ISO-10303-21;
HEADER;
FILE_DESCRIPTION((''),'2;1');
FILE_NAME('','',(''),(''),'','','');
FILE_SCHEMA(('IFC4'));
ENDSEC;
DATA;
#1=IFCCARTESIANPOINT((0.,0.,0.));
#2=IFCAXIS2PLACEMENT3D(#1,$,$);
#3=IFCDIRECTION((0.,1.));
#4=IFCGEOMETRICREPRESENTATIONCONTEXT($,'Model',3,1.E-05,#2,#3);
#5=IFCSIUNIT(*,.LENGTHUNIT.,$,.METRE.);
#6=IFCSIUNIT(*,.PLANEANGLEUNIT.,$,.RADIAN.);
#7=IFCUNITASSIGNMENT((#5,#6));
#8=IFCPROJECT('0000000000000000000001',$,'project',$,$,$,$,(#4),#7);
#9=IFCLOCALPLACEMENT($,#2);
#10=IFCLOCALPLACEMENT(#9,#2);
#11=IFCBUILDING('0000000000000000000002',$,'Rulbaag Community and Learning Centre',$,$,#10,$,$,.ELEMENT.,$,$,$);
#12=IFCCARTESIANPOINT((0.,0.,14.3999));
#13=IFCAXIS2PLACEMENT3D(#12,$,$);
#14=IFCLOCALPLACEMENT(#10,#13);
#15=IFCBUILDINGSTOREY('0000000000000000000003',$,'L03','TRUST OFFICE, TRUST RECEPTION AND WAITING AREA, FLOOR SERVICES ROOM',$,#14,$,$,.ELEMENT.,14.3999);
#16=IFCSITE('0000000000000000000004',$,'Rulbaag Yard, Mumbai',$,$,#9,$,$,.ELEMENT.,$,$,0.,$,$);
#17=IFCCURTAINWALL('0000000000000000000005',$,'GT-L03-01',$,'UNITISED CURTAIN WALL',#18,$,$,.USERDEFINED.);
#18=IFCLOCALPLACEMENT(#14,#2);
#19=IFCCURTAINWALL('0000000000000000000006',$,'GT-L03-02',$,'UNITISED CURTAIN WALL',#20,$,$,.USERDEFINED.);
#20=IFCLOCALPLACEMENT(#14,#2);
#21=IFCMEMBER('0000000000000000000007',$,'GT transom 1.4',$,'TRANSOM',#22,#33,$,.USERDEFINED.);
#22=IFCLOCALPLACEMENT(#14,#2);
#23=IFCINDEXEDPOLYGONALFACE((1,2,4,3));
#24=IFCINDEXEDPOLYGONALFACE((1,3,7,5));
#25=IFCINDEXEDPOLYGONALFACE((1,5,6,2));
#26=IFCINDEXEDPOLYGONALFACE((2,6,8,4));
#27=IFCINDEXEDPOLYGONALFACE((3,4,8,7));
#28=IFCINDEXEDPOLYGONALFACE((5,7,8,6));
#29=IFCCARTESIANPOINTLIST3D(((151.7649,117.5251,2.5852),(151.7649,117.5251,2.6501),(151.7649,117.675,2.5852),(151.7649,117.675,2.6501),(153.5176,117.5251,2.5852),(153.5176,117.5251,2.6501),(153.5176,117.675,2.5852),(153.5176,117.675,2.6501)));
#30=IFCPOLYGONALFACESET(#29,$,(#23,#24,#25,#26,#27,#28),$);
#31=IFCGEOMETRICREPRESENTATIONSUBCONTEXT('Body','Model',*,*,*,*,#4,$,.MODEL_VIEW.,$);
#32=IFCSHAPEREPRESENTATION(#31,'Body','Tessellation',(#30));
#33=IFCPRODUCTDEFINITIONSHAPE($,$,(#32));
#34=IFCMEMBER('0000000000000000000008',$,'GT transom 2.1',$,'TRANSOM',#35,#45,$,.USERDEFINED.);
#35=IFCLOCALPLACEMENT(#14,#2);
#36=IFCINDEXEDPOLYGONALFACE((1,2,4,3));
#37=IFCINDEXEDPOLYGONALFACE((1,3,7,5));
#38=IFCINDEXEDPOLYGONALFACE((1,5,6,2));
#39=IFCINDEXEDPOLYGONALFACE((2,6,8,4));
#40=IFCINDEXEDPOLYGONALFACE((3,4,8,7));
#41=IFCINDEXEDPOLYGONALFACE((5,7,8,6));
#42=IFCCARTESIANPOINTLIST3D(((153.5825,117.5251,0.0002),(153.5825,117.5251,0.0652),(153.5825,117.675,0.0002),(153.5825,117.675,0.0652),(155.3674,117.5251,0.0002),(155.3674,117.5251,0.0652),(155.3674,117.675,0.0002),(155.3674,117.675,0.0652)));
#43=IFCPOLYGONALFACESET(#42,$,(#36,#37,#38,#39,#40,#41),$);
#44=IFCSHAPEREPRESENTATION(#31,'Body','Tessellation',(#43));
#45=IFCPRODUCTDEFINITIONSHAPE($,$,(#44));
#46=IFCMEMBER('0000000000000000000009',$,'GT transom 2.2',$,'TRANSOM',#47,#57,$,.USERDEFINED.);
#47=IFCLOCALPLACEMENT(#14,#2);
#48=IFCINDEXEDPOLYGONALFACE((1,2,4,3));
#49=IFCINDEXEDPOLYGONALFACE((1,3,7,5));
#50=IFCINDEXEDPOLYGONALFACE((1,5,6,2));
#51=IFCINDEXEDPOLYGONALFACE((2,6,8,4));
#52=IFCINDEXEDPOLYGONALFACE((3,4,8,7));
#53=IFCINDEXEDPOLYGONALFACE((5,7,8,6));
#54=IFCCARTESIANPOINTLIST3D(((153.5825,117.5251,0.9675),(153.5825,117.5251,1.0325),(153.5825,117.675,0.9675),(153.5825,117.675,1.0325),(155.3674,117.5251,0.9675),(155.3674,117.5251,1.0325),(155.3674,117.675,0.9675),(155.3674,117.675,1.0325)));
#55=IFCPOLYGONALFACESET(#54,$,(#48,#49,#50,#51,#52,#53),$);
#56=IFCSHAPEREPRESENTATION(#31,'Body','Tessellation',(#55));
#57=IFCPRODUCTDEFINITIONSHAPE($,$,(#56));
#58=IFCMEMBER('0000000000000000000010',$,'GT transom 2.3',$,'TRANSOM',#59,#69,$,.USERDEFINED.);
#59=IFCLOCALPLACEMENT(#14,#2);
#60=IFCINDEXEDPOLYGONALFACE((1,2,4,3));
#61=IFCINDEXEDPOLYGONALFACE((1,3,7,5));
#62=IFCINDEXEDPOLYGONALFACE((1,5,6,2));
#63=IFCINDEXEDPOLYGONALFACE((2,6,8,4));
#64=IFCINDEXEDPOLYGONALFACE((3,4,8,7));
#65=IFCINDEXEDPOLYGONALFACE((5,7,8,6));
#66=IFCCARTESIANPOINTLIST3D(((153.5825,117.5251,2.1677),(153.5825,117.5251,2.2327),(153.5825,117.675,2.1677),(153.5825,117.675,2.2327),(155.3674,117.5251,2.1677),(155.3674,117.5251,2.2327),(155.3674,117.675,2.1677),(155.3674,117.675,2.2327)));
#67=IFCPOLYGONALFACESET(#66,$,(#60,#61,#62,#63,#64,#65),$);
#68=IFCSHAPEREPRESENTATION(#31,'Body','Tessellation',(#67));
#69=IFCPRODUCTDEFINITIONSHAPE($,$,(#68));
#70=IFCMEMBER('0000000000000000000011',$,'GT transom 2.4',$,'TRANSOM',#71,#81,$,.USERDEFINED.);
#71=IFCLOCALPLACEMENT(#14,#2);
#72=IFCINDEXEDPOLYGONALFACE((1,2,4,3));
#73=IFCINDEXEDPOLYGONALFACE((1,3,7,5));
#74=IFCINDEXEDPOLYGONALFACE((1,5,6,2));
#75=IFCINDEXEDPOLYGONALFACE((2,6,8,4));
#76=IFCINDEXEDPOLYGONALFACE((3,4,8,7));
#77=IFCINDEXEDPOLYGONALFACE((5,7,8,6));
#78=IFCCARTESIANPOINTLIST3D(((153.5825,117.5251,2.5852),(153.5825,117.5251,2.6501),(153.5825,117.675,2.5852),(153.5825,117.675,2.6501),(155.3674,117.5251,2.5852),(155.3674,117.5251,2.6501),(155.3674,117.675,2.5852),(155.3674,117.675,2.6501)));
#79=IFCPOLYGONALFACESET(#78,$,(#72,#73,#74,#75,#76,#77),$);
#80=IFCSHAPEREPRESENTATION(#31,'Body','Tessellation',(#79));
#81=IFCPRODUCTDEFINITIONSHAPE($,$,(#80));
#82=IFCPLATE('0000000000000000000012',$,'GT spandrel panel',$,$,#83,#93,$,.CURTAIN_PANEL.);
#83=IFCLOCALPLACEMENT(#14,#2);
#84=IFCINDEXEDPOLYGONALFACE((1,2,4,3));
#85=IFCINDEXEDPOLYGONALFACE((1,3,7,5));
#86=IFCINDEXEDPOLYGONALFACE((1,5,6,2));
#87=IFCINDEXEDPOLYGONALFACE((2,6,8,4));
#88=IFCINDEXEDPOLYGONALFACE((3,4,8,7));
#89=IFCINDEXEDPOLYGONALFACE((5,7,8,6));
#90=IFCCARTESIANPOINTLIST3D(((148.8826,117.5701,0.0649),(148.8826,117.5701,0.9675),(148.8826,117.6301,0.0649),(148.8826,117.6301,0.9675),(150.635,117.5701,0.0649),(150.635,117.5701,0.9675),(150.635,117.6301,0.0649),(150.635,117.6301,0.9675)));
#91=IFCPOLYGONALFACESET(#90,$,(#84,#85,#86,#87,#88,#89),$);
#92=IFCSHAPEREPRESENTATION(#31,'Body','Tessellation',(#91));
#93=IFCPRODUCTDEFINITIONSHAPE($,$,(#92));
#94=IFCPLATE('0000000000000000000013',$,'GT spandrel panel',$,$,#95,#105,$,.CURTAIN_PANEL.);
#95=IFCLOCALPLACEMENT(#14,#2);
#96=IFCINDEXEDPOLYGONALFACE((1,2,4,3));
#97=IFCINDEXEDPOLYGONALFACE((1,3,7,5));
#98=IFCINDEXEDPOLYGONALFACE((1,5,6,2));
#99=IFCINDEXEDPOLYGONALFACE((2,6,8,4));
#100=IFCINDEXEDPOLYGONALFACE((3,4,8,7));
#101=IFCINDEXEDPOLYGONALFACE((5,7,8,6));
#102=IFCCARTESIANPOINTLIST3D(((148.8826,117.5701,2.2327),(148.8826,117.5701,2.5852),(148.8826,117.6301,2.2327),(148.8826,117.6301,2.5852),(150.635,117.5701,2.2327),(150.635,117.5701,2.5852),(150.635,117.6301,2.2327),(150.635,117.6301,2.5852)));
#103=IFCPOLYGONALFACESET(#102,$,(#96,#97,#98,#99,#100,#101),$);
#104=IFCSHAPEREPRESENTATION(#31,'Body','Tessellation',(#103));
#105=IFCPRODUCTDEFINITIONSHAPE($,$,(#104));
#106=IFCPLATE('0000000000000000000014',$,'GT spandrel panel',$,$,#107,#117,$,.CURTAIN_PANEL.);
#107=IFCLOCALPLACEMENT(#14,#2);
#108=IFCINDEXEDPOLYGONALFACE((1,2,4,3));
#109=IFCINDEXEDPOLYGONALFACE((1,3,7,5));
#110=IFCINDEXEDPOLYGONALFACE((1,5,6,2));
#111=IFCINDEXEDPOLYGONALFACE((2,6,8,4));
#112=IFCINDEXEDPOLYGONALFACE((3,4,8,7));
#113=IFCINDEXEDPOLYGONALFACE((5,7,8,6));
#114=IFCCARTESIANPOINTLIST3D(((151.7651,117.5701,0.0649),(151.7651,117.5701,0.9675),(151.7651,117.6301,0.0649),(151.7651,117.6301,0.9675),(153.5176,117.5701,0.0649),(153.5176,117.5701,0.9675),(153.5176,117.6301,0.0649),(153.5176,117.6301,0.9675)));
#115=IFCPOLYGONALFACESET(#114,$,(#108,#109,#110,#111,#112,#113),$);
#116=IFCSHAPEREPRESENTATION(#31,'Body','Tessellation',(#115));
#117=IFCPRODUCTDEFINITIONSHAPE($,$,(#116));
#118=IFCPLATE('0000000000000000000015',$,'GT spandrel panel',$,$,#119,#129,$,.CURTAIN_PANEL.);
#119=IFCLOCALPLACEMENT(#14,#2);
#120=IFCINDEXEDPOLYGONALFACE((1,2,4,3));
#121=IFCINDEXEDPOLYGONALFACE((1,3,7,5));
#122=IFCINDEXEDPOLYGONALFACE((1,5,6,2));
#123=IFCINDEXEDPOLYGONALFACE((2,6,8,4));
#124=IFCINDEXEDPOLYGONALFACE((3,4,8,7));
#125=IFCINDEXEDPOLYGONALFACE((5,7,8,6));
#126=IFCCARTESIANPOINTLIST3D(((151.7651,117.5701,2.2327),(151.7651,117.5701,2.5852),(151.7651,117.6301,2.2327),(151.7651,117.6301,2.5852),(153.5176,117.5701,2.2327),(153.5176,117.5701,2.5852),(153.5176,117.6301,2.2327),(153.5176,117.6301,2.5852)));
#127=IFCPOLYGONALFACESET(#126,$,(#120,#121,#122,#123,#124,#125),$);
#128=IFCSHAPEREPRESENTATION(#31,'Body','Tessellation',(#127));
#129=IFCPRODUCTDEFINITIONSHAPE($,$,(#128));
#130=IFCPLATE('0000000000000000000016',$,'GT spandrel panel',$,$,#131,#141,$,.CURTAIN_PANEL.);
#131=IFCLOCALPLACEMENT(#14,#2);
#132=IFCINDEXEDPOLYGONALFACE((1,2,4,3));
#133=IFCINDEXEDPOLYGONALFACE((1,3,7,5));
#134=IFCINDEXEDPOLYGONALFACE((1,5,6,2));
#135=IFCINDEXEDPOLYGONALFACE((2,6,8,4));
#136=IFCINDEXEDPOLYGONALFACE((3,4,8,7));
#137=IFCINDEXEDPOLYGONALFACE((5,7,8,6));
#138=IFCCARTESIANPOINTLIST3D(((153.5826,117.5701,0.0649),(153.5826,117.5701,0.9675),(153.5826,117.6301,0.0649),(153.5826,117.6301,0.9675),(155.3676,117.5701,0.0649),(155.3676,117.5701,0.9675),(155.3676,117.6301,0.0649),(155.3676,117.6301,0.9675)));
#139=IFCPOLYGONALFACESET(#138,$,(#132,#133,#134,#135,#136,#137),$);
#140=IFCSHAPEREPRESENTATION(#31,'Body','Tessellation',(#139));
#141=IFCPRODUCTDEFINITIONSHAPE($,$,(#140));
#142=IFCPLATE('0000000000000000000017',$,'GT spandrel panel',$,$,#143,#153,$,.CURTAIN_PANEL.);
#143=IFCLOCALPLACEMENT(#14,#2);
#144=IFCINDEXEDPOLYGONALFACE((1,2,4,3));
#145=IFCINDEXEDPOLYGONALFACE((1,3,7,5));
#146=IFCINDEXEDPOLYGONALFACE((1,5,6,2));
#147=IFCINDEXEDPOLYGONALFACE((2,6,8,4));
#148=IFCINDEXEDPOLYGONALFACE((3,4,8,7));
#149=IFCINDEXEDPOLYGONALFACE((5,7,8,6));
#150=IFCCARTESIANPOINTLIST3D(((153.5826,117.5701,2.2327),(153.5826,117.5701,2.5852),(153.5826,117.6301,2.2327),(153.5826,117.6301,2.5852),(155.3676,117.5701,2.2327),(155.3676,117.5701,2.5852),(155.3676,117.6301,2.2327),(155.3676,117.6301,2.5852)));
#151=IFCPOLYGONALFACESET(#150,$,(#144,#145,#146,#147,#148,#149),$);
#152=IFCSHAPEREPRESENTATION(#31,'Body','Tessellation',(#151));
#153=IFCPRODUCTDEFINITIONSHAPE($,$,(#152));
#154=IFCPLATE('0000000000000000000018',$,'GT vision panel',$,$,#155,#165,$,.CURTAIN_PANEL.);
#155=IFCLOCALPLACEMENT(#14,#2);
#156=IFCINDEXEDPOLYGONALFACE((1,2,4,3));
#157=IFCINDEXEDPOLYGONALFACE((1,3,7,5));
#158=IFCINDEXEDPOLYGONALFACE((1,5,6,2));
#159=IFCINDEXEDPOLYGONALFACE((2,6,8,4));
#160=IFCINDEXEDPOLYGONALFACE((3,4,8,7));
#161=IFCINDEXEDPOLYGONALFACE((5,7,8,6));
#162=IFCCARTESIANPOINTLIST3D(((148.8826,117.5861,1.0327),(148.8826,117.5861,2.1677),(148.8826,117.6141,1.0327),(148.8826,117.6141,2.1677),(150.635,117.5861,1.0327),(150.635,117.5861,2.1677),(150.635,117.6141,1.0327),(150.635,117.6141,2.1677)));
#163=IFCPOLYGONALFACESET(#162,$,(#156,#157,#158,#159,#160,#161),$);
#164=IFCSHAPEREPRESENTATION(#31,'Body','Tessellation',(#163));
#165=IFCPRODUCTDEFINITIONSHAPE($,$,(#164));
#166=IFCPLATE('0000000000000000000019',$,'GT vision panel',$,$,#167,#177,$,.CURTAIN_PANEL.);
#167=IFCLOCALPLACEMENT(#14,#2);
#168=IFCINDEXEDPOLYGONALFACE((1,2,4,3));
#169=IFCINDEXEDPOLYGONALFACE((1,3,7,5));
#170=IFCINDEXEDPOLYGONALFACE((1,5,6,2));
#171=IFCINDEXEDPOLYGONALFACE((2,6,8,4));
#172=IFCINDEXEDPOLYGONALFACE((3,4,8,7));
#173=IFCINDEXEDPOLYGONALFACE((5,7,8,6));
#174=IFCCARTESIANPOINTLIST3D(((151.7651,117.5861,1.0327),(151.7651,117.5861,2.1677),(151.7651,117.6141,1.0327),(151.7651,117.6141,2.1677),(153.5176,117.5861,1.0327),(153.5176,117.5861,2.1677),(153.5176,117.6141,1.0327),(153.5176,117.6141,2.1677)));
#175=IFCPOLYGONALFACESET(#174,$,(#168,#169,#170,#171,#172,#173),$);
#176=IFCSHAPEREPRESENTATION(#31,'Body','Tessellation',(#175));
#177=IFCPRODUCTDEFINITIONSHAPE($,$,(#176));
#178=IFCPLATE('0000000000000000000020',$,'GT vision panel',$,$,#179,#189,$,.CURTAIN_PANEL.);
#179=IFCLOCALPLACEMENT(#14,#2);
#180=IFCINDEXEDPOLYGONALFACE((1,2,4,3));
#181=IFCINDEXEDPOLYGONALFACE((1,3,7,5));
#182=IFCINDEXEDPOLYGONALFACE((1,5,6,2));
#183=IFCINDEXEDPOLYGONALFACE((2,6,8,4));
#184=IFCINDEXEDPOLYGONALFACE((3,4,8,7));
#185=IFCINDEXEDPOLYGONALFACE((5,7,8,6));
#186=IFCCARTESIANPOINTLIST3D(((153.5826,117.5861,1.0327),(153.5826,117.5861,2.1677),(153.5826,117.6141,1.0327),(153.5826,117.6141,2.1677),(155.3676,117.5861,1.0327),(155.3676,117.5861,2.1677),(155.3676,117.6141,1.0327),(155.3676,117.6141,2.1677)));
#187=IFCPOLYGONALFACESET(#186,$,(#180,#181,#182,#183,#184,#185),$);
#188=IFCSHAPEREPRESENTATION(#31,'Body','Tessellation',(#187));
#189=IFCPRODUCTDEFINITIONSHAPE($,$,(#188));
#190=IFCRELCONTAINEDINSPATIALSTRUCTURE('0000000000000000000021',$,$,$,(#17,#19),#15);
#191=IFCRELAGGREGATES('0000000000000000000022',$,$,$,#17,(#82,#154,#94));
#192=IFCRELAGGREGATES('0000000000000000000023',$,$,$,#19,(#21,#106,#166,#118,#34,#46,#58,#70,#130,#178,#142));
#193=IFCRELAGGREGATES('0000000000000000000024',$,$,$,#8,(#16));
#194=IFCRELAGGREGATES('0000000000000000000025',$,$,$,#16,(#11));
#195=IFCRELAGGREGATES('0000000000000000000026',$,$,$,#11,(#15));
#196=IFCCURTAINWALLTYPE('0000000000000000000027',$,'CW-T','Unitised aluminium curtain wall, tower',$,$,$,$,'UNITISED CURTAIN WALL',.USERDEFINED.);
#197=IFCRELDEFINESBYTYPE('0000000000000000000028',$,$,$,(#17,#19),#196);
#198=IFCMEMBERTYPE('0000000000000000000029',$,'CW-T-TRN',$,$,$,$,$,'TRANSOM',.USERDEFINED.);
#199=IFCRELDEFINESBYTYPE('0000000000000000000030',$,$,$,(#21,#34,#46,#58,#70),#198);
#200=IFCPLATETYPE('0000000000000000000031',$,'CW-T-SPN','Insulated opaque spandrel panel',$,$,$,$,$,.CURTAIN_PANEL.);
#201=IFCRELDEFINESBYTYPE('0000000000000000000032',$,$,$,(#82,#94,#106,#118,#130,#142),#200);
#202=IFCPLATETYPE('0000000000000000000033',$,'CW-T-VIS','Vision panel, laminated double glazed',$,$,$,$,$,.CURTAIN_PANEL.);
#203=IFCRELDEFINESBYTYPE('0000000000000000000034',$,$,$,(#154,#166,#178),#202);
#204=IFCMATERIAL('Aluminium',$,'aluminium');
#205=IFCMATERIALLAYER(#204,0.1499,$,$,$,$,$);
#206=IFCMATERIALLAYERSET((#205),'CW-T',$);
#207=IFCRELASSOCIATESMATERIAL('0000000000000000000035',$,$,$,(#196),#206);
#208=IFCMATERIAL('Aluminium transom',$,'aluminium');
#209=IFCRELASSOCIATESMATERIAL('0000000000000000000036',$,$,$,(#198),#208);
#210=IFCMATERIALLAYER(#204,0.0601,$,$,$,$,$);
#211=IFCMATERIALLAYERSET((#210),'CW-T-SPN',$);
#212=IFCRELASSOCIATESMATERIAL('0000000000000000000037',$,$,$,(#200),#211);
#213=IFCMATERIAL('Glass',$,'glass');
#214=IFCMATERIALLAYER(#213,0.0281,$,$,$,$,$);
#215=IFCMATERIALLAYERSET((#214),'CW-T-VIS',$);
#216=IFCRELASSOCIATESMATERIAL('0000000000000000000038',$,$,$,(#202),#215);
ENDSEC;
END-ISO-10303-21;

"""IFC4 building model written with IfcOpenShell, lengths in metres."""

from ifc_helpers import new_model, si_unit, direction, frame, origin, origin_2d, place, context, subcontext, project, spatial, rectangle, extrude, material, layer, layer_set, material_profile, profile_set, type_object, element, aggregate, save


model = new_model("IFC4")

# Units and contexts
model_context = context("Model", 3, precision=1e-05, world=origin(), true_north=direction((0.0, 1.0)))
body_context = subcontext(model_context, "Body", "Model", "MODEL_VIEW")
ifc_project = project(units=[si_unit("LENGTHUNIT", "METRE"), si_unit("PLANEANGLEUNIT", "RADIAN")], contexts=[model_context])

# Site, building, storey
site_placement = place(None, origin())
site = spatial("IfcSite", under=ifc_project, at=site_placement, Name="Rulbaag Yard, Mumbai", CompositionType="ELEMENT", RefElevation=0.0)
building_placement = place(site_placement, origin())
building = spatial("IfcBuilding", under=site, at=building_placement, Name="Rulbaag Community and Learning Centre", CompositionType="ELEMENT")
storey_placement = place(building_placement, frame((0.0, 0.0, 14.3999)))
storey = spatial("IfcBuildingStorey", under=building, at=storey_placement, Name="L03", Description="TRUST OFFICE, TRUST RECEPTION AND WAITING AREA, FLOOR SERVICES ROOM", CompositionType="ELEMENT", Elevation=14.3999)

# Curtain walls
ifc_material_1 = material(Name="Aluminium", Category="aluminium")
ifc_layer_1 = layer(ifc_material_1, 0.1499)
ifc_layer_set_1 = layer_set([ifc_layer_1], Name="CW-T")
curtain_wall_type = type_object("IfcCurtainWallType", Name="CW-T", Description="Unitised aluminium curtain wall, tower", ElementType="UNITISED CURTAIN WALL", PredefinedType="USERDEFINED", material=ifc_layer_set_1)
curtain_wall_1_placement = place(storey_placement, origin())
curtain_wall_1 = element("IfcCurtainWall", 1, at=curtain_wall_1_placement, inside=storey, type_object=curtain_wall_type, Name="GT-L03-01", ObjectType="UNITISED CURTAIN WALL", PredefinedType="USERDEFINED")
curtain_wall_2_placement = place(storey_placement, origin())
curtain_wall_2 = element("IfcCurtainWall", 2, at=curtain_wall_2_placement, inside=storey, type_object=curtain_wall_type, Name="GT-L03-02", ObjectType="UNITISED CURTAIN WALL", PredefinedType="USERDEFINED")

# Members
ifc_material_2 = material(Name="Aluminium transom", Category="aluminium")
ifc_material_profile_1 = material_profile(ifc_material_2, rectangle(XDim=0.1499, YDim=0.0649, at=origin_2d()), Name="AL 65x150 T")
ifc_profile_set_1 = profile_set([ifc_material_profile_1], Name="Aluminium transom")
member_type_1 = type_object("IfcMemberType", Name="CW-T-TRN", ElementType="TRANSOM", PredefinedType="USERDEFINED", material=ifc_profile_set_1)
member_1_placement = place(storey_placement, frame((151.7649, 117.6001, 2.6177), z_axis=(1.0, 0.0, 0.0), x_axis=(0.0, 1.0, 0.0)))
member_1 = element("IfcMember", 3, at=member_1_placement, type_object=member_type_1, Name="GT transom 1.4", ObjectType="TRANSOM", PredefinedType="USERDEFINED", context=body_context, shape_type="SweptSolid", body=[
    extrude(rectangle(XDim=0.1499, YDim=0.0649, at=origin_2d()), origin(), (0.0, 0.0, 1.0), 1.7527),
])
member_2_placement = place(storey_placement, frame((153.5825, 117.6001, 0.0327), z_axis=(1.0, 0.0, 0.0), x_axis=(0.0, 1.0, 0.0)))
member_2 = element("IfcMember", 4, at=member_2_placement, type_object=member_type_1, Name="GT transom 2.1", ObjectType="TRANSOM", PredefinedType="USERDEFINED", context=body_context, shape_type="SweptSolid", body=[
    extrude(rectangle(XDim=0.1499, YDim=0.0649, at=origin_2d()), origin(), (0.0, 0.0, 1.0), 1.7849),
])
member_3_placement = place(storey_placement, frame((153.5825, 117.6001, 1.0), z_axis=(1.0, 0.0, 0.0), x_axis=(0.0, 1.0, 0.0)))
member_3 = element("IfcMember", 5, at=member_3_placement, type_object=member_type_1, Name="GT transom 2.2", ObjectType="TRANSOM", PredefinedType="USERDEFINED", context=body_context, shape_type="SweptSolid", body=[
    extrude(rectangle(XDim=0.1499, YDim=0.0649, at=origin_2d()), origin(), (0.0, 0.0, 1.0), 1.7849),
])
member_4_placement = place(storey_placement, frame((153.5825, 117.6001, 2.2002), z_axis=(1.0, 0.0, 0.0), x_axis=(0.0, 1.0, 0.0)))
member_4 = element("IfcMember", 6, at=member_4_placement, type_object=member_type_1, Name="GT transom 2.3", ObjectType="TRANSOM", PredefinedType="USERDEFINED", context=body_context, shape_type="SweptSolid", body=[
    extrude(rectangle(XDim=0.1499, YDim=0.0649, at=origin_2d()), origin(), (0.0, 0.0, 1.0), 1.7849),
])
member_5_placement = place(storey_placement, frame((153.5825, 117.6001, 2.6177), z_axis=(1.0, 0.0, 0.0), x_axis=(0.0, 1.0, 0.0)))
member_5 = element("IfcMember", 7, at=member_5_placement, type_object=member_type_1, Name="GT transom 2.4", ObjectType="TRANSOM", PredefinedType="USERDEFINED", context=body_context, shape_type="SweptSolid", body=[
    extrude(rectangle(XDim=0.1499, YDim=0.0649, at=origin_2d()), origin(), (0.0, 0.0, 1.0), 1.7849),
])

# Plates
ifc_layer_2 = layer(ifc_material_1, 0.0601)
ifc_layer_set_2 = layer_set([ifc_layer_2], Name="CW-T-SPN")
plate_type_1 = type_object("IfcPlateType", Name="CW-T-SPN", Description="Insulated opaque spandrel panel", PredefinedType="CURTAIN_PANEL", material=ifc_layer_set_2)
plate_1_placement = place(storey_placement, frame((149.7588, 117.6001, 0.0649), z_axis=(0.0, 0.0, 1.0), x_axis=(1.0, 0.0, 0.0)))
plate_1 = element("IfcPlate", 8, at=plate_1_placement, type_object=plate_type_1, Name="GT spandrel panel", PredefinedType="CURTAIN_PANEL", context=body_context, shape_type="SweptSolid", body=[
    extrude(rectangle(XDim=1.7524, YDim=0.0601, at=origin_2d()), origin(), (0.0, 0.0, 1.0), 0.9026),
])
plate_2_placement = place(storey_placement, frame((149.7588, 117.6001, 2.2327), z_axis=(0.0, 0.0, 1.0), x_axis=(1.0, 0.0, 0.0)))
plate_2 = element("IfcPlate", 9, at=plate_2_placement, type_object=plate_type_1, Name="GT spandrel panel", PredefinedType="CURTAIN_PANEL", context=body_context, shape_type="SweptSolid", body=[
    extrude(rectangle(XDim=1.7524, YDim=0.0601, at=origin_2d()), origin(), (0.0, 0.0, 1.0), 0.3525),
])
plate_3_placement = place(storey_placement, frame((152.6414, 117.6001, 0.0649), z_axis=(0.0, 0.0, 1.0), x_axis=(1.0, 0.0, 0.0)))
plate_3 = element("IfcPlate", 10, at=plate_3_placement, type_object=plate_type_1, Name="GT spandrel panel", PredefinedType="CURTAIN_PANEL", context=body_context, shape_type="SweptSolid", body=[
    extrude(rectangle(XDim=1.7524, YDim=0.0601, at=origin_2d()), origin(), (0.0, 0.0, 1.0), 0.9026),
])
plate_4_placement = place(storey_placement, frame((152.6414, 117.6001, 2.2327), z_axis=(0.0, 0.0, 1.0), x_axis=(1.0, 0.0, 0.0)))
plate_4 = element("IfcPlate", 11, at=plate_4_placement, type_object=plate_type_1, Name="GT spandrel panel", PredefinedType="CURTAIN_PANEL", context=body_context, shape_type="SweptSolid", body=[
    extrude(rectangle(XDim=1.7524, YDim=0.0601, at=origin_2d()), origin(), (0.0, 0.0, 1.0), 0.3525),
])
plate_5_placement = place(storey_placement, frame((154.4751, 117.6001, 0.0649), z_axis=(0.0, 0.0, 1.0), x_axis=(1.0, 0.0, 0.0)))
plate_5 = element("IfcPlate", 12, at=plate_5_placement, type_object=plate_type_1, Name="GT spandrel panel", PredefinedType="CURTAIN_PANEL", context=body_context, shape_type="SweptSolid", body=[
    extrude(rectangle(XDim=1.7849, YDim=0.0601, at=origin_2d()), origin(), (0.0, 0.0, 1.0), 0.9026),
])
plate_6_placement = place(storey_placement, frame((154.4751, 117.6001, 2.2327), z_axis=(0.0, 0.0, 1.0), x_axis=(1.0, 0.0, 0.0)))
plate_6 = element("IfcPlate", 13, at=plate_6_placement, type_object=plate_type_1, Name="GT spandrel panel", PredefinedType="CURTAIN_PANEL", context=body_context, shape_type="SweptSolid", body=[
    extrude(rectangle(XDim=1.7849, YDim=0.0601, at=origin_2d()), origin(), (0.0, 0.0, 1.0), 0.3525),
])
ifc_material_3 = material(Name="Glass", Category="glass")
ifc_layer_3 = layer(ifc_material_3, 0.0281)
ifc_layer_set_3 = layer_set([ifc_layer_3], Name="CW-T-VIS")
plate_type_2 = type_object("IfcPlateType", Name="CW-T-VIS", Description="Vision panel, laminated double glazed", PredefinedType="CURTAIN_PANEL", material=ifc_layer_set_3)
plate_7_placement = place(storey_placement, frame((149.7588, 117.6001, 1.0327), z_axis=(0.0, 0.0, 1.0), x_axis=(1.0, 0.0, 0.0)))
plate_7 = element("IfcPlate", 14, at=plate_7_placement, type_object=plate_type_2, Name="GT vision panel", PredefinedType="CURTAIN_PANEL", context=body_context, shape_type="SweptSolid", body=[
    extrude(rectangle(XDim=1.7524, YDim=0.0281, at=origin_2d()), origin(), (0.0, 0.0, 1.0), 1.135),
])
aggregate(curtain_wall_1, [plate_1, plate_7, plate_2])
plate_8_placement = place(storey_placement, frame((152.6414, 117.6001, 1.0327), z_axis=(0.0, 0.0, 1.0), x_axis=(1.0, 0.0, 0.0)))
plate_8 = element("IfcPlate", 15, at=plate_8_placement, type_object=plate_type_2, Name="GT vision panel", PredefinedType="CURTAIN_PANEL", context=body_context, shape_type="SweptSolid", body=[
    extrude(rectangle(XDim=1.7524, YDim=0.0281, at=origin_2d()), origin(), (0.0, 0.0, 1.0), 1.135),
])
plate_9_placement = place(storey_placement, frame((154.4751, 117.6001, 1.0327), z_axis=(0.0, 0.0, 1.0), x_axis=(1.0, 0.0, 0.0)))
plate_9 = element("IfcPlate", 16, at=plate_9_placement, type_object=plate_type_2, Name="GT vision panel", PredefinedType="CURTAIN_PANEL", context=body_context, shape_type="SweptSolid", body=[
    extrude(rectangle(XDim=1.7849, YDim=0.0281, at=origin_2d()), origin(), (0.0, 0.0, 1.0), 1.135),
])
aggregate(curtain_wall_2, [member_1, plate_3, plate_8, plate_4, member_2, member_3, member_4, member_5, plate_5, plate_9, plate_6])

save(model, "model.ifc")
